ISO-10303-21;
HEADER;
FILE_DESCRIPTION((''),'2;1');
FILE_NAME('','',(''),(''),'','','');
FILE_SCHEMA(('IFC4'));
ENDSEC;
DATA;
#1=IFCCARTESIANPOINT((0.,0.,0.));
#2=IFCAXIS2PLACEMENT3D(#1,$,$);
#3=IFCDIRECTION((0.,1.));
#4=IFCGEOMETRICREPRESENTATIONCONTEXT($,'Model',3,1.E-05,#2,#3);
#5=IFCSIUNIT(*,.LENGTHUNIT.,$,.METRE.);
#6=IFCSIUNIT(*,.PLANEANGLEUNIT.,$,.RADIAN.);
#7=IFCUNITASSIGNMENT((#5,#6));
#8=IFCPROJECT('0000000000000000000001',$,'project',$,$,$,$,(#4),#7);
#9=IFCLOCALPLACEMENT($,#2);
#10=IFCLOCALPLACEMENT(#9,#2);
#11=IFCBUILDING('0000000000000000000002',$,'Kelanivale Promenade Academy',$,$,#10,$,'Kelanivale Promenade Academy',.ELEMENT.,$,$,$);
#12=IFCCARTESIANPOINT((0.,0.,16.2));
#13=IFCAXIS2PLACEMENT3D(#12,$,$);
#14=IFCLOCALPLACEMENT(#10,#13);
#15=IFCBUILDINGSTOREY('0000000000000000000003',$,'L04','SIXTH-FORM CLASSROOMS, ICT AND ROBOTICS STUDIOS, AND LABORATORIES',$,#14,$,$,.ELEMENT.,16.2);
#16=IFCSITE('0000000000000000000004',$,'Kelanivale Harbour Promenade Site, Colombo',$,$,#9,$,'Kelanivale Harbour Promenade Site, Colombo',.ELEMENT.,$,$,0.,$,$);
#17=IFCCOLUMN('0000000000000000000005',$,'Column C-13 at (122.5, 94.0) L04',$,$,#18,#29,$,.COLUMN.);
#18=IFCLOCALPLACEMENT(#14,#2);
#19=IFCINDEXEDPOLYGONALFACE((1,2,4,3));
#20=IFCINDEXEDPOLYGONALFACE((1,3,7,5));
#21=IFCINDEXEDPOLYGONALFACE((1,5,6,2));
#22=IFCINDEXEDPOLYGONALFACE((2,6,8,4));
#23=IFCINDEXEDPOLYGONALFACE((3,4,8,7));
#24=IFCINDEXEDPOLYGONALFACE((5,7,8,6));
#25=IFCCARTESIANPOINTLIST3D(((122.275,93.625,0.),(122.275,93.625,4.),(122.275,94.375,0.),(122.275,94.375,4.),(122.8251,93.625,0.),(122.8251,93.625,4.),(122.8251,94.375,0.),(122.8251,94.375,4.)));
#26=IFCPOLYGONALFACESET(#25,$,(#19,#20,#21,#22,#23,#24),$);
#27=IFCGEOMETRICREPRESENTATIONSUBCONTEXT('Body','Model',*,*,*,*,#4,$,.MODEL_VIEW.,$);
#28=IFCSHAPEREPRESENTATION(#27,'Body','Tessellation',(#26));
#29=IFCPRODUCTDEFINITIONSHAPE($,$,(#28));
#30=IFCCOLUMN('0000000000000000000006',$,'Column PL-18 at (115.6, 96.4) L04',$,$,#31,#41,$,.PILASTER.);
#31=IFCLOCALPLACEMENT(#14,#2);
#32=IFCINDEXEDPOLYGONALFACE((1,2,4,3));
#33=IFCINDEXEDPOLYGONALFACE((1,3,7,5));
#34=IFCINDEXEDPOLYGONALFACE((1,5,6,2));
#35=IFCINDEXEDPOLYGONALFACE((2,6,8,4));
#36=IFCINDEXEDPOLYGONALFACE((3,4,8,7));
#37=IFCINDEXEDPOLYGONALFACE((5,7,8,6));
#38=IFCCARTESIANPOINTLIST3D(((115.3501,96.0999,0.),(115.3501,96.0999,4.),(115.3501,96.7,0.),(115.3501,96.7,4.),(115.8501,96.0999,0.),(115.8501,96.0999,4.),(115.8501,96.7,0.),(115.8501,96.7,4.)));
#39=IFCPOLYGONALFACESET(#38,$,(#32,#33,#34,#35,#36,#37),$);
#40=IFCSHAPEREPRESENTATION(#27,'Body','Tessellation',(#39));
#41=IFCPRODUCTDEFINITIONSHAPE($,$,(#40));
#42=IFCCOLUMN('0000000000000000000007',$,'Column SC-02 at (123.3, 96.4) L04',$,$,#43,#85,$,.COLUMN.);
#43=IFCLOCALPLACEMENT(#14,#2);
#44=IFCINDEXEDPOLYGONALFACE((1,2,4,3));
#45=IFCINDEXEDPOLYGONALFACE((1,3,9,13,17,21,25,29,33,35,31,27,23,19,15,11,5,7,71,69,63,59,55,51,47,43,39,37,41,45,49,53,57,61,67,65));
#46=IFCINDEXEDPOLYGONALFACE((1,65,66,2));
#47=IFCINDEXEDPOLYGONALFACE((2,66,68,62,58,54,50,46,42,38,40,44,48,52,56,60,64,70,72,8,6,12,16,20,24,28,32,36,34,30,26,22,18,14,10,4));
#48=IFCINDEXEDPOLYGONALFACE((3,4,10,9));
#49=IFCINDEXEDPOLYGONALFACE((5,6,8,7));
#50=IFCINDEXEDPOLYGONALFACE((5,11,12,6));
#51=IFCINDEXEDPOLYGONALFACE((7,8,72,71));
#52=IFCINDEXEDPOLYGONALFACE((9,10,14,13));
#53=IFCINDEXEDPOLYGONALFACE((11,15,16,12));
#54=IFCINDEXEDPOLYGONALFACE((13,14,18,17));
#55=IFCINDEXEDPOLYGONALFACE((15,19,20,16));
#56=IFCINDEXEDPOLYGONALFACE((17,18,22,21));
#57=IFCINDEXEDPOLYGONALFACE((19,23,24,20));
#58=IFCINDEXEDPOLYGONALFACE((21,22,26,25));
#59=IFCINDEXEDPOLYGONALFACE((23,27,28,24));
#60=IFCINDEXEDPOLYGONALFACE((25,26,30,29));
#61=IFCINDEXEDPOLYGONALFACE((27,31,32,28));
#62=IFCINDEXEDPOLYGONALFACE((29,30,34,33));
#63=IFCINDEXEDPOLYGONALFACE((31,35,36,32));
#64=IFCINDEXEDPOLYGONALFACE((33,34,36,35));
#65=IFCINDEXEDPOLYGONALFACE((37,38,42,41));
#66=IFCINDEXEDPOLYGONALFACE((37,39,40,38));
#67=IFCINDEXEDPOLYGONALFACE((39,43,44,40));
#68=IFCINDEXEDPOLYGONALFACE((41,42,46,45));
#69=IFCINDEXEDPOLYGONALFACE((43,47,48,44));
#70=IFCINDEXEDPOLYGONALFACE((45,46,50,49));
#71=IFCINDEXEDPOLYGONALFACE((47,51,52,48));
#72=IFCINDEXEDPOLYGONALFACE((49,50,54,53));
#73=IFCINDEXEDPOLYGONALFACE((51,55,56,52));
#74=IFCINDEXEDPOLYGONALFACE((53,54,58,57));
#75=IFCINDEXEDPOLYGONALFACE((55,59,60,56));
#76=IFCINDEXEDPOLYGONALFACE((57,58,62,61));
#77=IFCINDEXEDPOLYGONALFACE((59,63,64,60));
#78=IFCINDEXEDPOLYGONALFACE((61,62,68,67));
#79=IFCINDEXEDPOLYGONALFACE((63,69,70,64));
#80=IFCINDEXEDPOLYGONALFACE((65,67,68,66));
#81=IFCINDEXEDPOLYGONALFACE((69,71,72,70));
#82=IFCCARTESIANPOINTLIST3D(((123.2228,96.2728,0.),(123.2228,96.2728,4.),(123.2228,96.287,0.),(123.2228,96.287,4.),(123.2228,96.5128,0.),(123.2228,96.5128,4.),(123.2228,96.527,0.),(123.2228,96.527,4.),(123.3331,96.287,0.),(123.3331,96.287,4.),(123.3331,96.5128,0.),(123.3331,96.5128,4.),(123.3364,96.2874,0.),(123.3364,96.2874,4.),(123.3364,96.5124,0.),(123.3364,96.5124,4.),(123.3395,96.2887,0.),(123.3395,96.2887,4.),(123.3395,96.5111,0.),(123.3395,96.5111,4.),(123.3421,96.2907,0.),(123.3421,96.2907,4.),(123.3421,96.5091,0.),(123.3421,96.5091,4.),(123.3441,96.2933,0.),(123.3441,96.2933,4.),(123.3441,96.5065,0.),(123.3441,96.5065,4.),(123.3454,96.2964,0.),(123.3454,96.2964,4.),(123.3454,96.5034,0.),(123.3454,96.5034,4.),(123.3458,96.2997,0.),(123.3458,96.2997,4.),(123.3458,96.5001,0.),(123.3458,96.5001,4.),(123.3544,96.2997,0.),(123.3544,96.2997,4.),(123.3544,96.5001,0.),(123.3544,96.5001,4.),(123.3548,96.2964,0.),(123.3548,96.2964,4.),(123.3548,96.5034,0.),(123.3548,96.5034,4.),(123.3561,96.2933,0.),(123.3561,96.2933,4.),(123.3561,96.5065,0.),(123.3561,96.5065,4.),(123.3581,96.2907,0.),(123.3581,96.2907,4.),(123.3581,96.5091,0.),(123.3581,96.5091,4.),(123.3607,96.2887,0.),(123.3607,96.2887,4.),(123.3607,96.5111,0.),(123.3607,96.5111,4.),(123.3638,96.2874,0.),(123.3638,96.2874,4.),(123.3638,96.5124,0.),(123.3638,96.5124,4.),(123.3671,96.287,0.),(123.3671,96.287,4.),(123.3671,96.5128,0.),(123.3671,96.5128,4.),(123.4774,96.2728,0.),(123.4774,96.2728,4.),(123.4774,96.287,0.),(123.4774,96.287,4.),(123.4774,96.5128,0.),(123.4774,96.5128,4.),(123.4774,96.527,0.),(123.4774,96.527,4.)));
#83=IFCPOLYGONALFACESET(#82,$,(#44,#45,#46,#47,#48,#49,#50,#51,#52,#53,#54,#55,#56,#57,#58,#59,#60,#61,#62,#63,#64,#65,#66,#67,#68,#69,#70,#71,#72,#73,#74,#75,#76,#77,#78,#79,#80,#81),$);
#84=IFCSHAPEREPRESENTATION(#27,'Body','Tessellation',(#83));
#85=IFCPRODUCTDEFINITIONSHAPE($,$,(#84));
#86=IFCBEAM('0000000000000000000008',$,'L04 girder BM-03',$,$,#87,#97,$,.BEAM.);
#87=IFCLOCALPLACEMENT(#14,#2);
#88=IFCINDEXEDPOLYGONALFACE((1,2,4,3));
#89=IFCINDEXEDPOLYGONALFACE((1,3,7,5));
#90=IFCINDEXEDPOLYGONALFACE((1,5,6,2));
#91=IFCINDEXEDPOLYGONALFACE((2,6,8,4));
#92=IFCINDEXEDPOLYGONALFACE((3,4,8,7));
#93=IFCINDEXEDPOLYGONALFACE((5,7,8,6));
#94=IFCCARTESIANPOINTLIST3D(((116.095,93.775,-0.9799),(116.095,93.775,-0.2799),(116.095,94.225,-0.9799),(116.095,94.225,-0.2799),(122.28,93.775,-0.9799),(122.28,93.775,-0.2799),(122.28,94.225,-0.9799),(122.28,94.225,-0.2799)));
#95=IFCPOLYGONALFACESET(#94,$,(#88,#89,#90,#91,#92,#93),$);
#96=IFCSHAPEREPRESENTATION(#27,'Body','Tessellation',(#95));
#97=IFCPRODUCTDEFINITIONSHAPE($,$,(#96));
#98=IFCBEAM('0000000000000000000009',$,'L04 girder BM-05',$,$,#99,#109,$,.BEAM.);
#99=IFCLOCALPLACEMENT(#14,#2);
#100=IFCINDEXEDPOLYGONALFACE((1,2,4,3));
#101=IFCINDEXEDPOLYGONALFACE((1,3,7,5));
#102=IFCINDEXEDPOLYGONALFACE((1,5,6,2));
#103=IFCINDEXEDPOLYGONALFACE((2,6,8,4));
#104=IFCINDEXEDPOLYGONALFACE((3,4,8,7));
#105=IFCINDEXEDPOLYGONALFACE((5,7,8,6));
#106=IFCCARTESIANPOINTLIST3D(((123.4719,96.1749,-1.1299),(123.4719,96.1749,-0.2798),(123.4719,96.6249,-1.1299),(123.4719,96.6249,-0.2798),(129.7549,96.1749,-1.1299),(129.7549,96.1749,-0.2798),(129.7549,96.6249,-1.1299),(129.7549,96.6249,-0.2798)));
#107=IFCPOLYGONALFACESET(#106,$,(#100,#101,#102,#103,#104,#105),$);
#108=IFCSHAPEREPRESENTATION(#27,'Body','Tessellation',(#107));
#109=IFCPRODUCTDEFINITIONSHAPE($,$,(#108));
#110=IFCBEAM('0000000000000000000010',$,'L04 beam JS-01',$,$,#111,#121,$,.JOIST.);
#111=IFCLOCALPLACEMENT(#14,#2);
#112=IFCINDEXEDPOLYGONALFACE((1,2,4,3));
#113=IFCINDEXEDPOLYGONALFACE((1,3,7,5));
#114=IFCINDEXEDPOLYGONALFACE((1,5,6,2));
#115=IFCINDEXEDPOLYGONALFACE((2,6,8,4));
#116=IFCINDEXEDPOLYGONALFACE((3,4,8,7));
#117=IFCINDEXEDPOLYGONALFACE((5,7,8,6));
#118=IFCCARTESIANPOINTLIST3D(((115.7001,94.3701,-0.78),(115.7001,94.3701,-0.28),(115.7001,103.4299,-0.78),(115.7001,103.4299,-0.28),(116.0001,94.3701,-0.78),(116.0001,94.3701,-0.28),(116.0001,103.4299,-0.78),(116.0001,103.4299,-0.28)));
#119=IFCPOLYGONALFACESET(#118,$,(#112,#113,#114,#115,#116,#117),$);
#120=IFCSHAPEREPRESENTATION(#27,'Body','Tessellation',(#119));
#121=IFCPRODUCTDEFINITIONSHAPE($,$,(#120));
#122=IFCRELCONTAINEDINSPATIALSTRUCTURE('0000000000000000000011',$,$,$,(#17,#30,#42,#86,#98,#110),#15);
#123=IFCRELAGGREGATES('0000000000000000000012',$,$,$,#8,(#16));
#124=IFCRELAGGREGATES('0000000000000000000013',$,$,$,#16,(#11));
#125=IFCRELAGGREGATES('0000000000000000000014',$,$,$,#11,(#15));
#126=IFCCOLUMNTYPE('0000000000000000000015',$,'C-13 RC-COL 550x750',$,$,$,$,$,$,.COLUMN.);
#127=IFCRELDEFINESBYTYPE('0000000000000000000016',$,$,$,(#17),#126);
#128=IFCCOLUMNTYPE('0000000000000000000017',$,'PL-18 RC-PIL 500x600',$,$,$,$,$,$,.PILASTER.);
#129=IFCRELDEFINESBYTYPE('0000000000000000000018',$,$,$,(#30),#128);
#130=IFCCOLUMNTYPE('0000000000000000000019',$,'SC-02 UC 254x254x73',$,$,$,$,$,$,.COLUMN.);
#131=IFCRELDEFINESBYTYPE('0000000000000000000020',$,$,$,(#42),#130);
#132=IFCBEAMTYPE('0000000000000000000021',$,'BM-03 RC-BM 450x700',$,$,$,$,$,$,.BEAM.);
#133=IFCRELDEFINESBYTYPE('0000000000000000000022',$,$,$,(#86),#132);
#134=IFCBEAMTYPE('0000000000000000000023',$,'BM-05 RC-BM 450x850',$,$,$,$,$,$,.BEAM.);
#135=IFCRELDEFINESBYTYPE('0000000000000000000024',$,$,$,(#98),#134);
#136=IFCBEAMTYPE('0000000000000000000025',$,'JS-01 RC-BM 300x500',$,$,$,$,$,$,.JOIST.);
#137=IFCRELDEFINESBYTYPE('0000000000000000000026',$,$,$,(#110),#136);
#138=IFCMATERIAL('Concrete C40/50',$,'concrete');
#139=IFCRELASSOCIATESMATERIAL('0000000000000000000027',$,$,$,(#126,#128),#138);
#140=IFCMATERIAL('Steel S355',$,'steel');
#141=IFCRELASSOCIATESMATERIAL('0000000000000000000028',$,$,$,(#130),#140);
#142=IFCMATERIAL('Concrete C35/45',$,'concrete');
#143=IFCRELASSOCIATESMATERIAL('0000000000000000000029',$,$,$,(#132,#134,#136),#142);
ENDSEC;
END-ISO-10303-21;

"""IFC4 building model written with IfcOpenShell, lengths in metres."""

from ifc_helpers import new_model, si_unit, direction, frame, origin, origin_2d, place, context, subcontext, project, spatial, rectangle, i_section, extrude, material, material_profile, profile_set, type_object, element, save


model = new_model("IFC4")

# Units and contexts
model_context = context("Model", 3, precision=1e-05, world=origin(), true_north=direction((0.0, 1.0)))
body_context = subcontext(model_context, "Body", "Model", "MODEL_VIEW")
ifc_project = project(units=[si_unit("LENGTHUNIT", "METRE"), si_unit("PLANEANGLEUNIT", "RADIAN")], contexts=[model_context])

# Site, building, storey
site_placement = place(None, origin())
site = spatial("IfcSite", under=ifc_project, at=site_placement, Name="Kelanivale Harbour Promenade Site, Colombo", LongName="Kelanivale Harbour Promenade Site, Colombo", CompositionType="ELEMENT", RefElevation=0.0)
building_placement = place(site_placement, origin())
building = spatial("IfcBuilding", under=site, at=building_placement, Name="Kelanivale Promenade Academy", LongName="Kelanivale Promenade Academy", CompositionType="ELEMENT")
storey_placement = place(building_placement, frame((0.0, 0.0, 16.2)))
storey = spatial("IfcBuildingStorey", under=building, at=storey_placement, Name="L04", Description="SIXTH-FORM CLASSROOMS, ICT AND ROBOTICS STUDIOS, AND LABORATORIES", CompositionType="ELEMENT", Elevation=16.2)

# Columns
ifc_material_1 = material(Name="Concrete C40/50", Category="concrete")
ifc_material_profile_1 = material_profile(ifc_material_1, rectangle(XDim=0.55, YDim=0.75, at=origin_2d()), Name="RC-COL 550x750")
ifc_profile_set_1 = profile_set([ifc_material_profile_1], Name="Concrete C40/50")
column_type_1 = type_object("IfcColumnType", Name="C-13 RC-COL 550x750", PredefinedType="COLUMN", material=ifc_profile_set_1)
column_1_placement = place(storey_placement, frame((122.55, 94.0, 0.0), z_axis=(0.0, 0.0, 1.0), x_axis=(1.0, 0.0, 0.0)))
element("IfcColumn", 1, at=column_1_placement, inside=storey, type_object=column_type_1, Name="Column C-13 at (122.5, 94.0) L04", PredefinedType="COLUMN", context=body_context, shape_type="SweptSolid", body=[
    extrude(rectangle(XDim=0.55, YDim=0.75, at=origin_2d()), origin(), (0.0, 0.0, 1.0), 4.0),
])
ifc_material_profile_2 = material_profile(ifc_material_1, rectangle(XDim=0.5, YDim=0.6001, at=origin_2d()), Name="RC-PIL 500x600")
ifc_profile_set_2 = profile_set([ifc_material_profile_2], Name="Concrete C40/50")
column_type_2 = type_object("IfcColumnType", Name="PL-18 RC-PIL 500x600", PredefinedType="PILASTER", material=ifc_profile_set_2)
column_2_placement = place(storey_placement, frame((115.6001, 96.3999, 0.0), z_axis=(0.0, 0.0, 1.0), x_axis=(1.0, 0.0, 0.0)))
element("IfcColumn", 2, at=column_2_placement, inside=storey, type_object=column_type_2, Name="Column PL-18 at (115.6, 96.4) L04", PredefinedType="PILASTER", context=body_context, shape_type="SweptSolid", body=[
    extrude(rectangle(XDim=0.5, YDim=0.6001, at=origin_2d()), origin(), (0.0, 0.0, 1.0), 4.0),
])
ifc_material_2 = material(Name="Steel S355", Category="steel")
ifc_material_profile_3 = material_profile(ifc_material_2, i_section(OverallWidth=0.2546, OverallDepth=0.2542, WebThickness=0.0085, FlangeThickness=0.0142, FilletRadius=0.0127, at=origin_2d()), Name="UC 254x254x73")
ifc_profile_set_3 = profile_set([ifc_material_profile_3], Name="Steel S355")
column_type_3 = type_object("IfcColumnType", Name="SC-02 UC 254x254x73", PredefinedType="COLUMN", material=ifc_profile_set_3)
column_3_placement = place(storey_placement, frame((123.3501, 96.3999, 0.0), z_axis=(0.0, 0.0, 1.0), x_axis=(1.0, 0.0, 0.0)))
element("IfcColumn", 3, at=column_3_placement, inside=storey, type_object=column_type_3, Name="Column SC-02 at (123.3, 96.4) L04", PredefinedType="COLUMN", context=body_context, shape_type="SweptSolid", body=[
    extrude(i_section(OverallWidth=0.2546, OverallDepth=0.2542, WebThickness=0.0085, FlangeThickness=0.0142, FilletRadius=0.0127, at=origin_2d()), origin(), (0.0, 0.0, 1.0), 4.0),
])

# Beams
ifc_material_3 = material(Name="Concrete C35/45", Category="concrete")
ifc_material_profile_4 = material_profile(ifc_material_3, rectangle(XDim=0.45, YDim=0.7, at=origin_2d()), Name="RC-BM 450x700")
ifc_profile_set_4 = profile_set([ifc_material_profile_4], Name="Concrete C35/45")
beam_type_1 = type_object("IfcBeamType", Name="BM-03 RC-BM 450x700", PredefinedType="BEAM", material=ifc_profile_set_4)
beam_1_placement = place(storey_placement, frame((116.095, 94.0, -0.6299), z_axis=(1.0, 0.0, 0.0), x_axis=(0.0, 1.0, 0.0)))
element("IfcBeam", 4, at=beam_1_placement, inside=storey, type_object=beam_type_1, Name="L04 girder BM-03", PredefinedType="BEAM", context=body_context, shape_type="SweptSolid", body=[
    extrude(rectangle(XDim=0.45, YDim=0.7, at=origin_2d()), origin(), (0.0, 0.0, 1.0), 6.1851),
])
ifc_material_profile_5 = material_profile(ifc_material_3, rectangle(XDim=0.45, YDim=0.8501, at=origin_2d()), Name="RC-BM 450x850")
ifc_profile_set_5 = profile_set([ifc_material_profile_5], Name="Concrete C35/45")
beam_type_2 = type_object("IfcBeamType", Name="BM-05 RC-BM 450x850", PredefinedType="BEAM", material=ifc_profile_set_5)
beam_2_placement = place(storey_placement, frame((123.4719, 96.3999, -0.7048), z_axis=(1.0, 0.0, 0.0), x_axis=(0.0, 1.0, 0.0)))
element("IfcBeam", 5, at=beam_2_placement, inside=storey, type_object=beam_type_2, Name="L04 girder BM-05", PredefinedType="BEAM", context=body_context, shape_type="SweptSolid", body=[
    extrude(rectangle(XDim=0.45, YDim=0.8501, at=origin_2d()), origin(), (0.0, 0.0, 1.0), 6.283),
])
ifc_material_profile_6 = material_profile(ifc_material_3, rectangle(XDim=0.3, YDim=0.5, at=origin_2d()), Name="RC-BM 300x500")
ifc_profile_set_6 = profile_set([ifc_material_profile_6], Name="Concrete C35/45")
beam_type_3 = type_object("IfcBeamType", Name="JS-01 RC-BM 300x500", PredefinedType="JOIST", material=ifc_profile_set_6)
beam_3_placement = place(storey_placement, frame((115.8501, 94.3701, -0.53), z_axis=(0.0, 1.0, 0.0), x_axis=(-1.0, 0.0, 0.0)))
element("IfcBeam", 6, at=beam_3_placement, inside=storey, type_object=beam_type_3, Name="L04 beam JS-01", PredefinedType="JOIST", context=body_context, shape_type="SweptSolid", body=[
    extrude(rectangle(XDim=0.3, YDim=0.5, at=origin_2d()), origin(), (0.0, 0.0, 1.0), 9.0598),
])

save(model, "model.ifc")
